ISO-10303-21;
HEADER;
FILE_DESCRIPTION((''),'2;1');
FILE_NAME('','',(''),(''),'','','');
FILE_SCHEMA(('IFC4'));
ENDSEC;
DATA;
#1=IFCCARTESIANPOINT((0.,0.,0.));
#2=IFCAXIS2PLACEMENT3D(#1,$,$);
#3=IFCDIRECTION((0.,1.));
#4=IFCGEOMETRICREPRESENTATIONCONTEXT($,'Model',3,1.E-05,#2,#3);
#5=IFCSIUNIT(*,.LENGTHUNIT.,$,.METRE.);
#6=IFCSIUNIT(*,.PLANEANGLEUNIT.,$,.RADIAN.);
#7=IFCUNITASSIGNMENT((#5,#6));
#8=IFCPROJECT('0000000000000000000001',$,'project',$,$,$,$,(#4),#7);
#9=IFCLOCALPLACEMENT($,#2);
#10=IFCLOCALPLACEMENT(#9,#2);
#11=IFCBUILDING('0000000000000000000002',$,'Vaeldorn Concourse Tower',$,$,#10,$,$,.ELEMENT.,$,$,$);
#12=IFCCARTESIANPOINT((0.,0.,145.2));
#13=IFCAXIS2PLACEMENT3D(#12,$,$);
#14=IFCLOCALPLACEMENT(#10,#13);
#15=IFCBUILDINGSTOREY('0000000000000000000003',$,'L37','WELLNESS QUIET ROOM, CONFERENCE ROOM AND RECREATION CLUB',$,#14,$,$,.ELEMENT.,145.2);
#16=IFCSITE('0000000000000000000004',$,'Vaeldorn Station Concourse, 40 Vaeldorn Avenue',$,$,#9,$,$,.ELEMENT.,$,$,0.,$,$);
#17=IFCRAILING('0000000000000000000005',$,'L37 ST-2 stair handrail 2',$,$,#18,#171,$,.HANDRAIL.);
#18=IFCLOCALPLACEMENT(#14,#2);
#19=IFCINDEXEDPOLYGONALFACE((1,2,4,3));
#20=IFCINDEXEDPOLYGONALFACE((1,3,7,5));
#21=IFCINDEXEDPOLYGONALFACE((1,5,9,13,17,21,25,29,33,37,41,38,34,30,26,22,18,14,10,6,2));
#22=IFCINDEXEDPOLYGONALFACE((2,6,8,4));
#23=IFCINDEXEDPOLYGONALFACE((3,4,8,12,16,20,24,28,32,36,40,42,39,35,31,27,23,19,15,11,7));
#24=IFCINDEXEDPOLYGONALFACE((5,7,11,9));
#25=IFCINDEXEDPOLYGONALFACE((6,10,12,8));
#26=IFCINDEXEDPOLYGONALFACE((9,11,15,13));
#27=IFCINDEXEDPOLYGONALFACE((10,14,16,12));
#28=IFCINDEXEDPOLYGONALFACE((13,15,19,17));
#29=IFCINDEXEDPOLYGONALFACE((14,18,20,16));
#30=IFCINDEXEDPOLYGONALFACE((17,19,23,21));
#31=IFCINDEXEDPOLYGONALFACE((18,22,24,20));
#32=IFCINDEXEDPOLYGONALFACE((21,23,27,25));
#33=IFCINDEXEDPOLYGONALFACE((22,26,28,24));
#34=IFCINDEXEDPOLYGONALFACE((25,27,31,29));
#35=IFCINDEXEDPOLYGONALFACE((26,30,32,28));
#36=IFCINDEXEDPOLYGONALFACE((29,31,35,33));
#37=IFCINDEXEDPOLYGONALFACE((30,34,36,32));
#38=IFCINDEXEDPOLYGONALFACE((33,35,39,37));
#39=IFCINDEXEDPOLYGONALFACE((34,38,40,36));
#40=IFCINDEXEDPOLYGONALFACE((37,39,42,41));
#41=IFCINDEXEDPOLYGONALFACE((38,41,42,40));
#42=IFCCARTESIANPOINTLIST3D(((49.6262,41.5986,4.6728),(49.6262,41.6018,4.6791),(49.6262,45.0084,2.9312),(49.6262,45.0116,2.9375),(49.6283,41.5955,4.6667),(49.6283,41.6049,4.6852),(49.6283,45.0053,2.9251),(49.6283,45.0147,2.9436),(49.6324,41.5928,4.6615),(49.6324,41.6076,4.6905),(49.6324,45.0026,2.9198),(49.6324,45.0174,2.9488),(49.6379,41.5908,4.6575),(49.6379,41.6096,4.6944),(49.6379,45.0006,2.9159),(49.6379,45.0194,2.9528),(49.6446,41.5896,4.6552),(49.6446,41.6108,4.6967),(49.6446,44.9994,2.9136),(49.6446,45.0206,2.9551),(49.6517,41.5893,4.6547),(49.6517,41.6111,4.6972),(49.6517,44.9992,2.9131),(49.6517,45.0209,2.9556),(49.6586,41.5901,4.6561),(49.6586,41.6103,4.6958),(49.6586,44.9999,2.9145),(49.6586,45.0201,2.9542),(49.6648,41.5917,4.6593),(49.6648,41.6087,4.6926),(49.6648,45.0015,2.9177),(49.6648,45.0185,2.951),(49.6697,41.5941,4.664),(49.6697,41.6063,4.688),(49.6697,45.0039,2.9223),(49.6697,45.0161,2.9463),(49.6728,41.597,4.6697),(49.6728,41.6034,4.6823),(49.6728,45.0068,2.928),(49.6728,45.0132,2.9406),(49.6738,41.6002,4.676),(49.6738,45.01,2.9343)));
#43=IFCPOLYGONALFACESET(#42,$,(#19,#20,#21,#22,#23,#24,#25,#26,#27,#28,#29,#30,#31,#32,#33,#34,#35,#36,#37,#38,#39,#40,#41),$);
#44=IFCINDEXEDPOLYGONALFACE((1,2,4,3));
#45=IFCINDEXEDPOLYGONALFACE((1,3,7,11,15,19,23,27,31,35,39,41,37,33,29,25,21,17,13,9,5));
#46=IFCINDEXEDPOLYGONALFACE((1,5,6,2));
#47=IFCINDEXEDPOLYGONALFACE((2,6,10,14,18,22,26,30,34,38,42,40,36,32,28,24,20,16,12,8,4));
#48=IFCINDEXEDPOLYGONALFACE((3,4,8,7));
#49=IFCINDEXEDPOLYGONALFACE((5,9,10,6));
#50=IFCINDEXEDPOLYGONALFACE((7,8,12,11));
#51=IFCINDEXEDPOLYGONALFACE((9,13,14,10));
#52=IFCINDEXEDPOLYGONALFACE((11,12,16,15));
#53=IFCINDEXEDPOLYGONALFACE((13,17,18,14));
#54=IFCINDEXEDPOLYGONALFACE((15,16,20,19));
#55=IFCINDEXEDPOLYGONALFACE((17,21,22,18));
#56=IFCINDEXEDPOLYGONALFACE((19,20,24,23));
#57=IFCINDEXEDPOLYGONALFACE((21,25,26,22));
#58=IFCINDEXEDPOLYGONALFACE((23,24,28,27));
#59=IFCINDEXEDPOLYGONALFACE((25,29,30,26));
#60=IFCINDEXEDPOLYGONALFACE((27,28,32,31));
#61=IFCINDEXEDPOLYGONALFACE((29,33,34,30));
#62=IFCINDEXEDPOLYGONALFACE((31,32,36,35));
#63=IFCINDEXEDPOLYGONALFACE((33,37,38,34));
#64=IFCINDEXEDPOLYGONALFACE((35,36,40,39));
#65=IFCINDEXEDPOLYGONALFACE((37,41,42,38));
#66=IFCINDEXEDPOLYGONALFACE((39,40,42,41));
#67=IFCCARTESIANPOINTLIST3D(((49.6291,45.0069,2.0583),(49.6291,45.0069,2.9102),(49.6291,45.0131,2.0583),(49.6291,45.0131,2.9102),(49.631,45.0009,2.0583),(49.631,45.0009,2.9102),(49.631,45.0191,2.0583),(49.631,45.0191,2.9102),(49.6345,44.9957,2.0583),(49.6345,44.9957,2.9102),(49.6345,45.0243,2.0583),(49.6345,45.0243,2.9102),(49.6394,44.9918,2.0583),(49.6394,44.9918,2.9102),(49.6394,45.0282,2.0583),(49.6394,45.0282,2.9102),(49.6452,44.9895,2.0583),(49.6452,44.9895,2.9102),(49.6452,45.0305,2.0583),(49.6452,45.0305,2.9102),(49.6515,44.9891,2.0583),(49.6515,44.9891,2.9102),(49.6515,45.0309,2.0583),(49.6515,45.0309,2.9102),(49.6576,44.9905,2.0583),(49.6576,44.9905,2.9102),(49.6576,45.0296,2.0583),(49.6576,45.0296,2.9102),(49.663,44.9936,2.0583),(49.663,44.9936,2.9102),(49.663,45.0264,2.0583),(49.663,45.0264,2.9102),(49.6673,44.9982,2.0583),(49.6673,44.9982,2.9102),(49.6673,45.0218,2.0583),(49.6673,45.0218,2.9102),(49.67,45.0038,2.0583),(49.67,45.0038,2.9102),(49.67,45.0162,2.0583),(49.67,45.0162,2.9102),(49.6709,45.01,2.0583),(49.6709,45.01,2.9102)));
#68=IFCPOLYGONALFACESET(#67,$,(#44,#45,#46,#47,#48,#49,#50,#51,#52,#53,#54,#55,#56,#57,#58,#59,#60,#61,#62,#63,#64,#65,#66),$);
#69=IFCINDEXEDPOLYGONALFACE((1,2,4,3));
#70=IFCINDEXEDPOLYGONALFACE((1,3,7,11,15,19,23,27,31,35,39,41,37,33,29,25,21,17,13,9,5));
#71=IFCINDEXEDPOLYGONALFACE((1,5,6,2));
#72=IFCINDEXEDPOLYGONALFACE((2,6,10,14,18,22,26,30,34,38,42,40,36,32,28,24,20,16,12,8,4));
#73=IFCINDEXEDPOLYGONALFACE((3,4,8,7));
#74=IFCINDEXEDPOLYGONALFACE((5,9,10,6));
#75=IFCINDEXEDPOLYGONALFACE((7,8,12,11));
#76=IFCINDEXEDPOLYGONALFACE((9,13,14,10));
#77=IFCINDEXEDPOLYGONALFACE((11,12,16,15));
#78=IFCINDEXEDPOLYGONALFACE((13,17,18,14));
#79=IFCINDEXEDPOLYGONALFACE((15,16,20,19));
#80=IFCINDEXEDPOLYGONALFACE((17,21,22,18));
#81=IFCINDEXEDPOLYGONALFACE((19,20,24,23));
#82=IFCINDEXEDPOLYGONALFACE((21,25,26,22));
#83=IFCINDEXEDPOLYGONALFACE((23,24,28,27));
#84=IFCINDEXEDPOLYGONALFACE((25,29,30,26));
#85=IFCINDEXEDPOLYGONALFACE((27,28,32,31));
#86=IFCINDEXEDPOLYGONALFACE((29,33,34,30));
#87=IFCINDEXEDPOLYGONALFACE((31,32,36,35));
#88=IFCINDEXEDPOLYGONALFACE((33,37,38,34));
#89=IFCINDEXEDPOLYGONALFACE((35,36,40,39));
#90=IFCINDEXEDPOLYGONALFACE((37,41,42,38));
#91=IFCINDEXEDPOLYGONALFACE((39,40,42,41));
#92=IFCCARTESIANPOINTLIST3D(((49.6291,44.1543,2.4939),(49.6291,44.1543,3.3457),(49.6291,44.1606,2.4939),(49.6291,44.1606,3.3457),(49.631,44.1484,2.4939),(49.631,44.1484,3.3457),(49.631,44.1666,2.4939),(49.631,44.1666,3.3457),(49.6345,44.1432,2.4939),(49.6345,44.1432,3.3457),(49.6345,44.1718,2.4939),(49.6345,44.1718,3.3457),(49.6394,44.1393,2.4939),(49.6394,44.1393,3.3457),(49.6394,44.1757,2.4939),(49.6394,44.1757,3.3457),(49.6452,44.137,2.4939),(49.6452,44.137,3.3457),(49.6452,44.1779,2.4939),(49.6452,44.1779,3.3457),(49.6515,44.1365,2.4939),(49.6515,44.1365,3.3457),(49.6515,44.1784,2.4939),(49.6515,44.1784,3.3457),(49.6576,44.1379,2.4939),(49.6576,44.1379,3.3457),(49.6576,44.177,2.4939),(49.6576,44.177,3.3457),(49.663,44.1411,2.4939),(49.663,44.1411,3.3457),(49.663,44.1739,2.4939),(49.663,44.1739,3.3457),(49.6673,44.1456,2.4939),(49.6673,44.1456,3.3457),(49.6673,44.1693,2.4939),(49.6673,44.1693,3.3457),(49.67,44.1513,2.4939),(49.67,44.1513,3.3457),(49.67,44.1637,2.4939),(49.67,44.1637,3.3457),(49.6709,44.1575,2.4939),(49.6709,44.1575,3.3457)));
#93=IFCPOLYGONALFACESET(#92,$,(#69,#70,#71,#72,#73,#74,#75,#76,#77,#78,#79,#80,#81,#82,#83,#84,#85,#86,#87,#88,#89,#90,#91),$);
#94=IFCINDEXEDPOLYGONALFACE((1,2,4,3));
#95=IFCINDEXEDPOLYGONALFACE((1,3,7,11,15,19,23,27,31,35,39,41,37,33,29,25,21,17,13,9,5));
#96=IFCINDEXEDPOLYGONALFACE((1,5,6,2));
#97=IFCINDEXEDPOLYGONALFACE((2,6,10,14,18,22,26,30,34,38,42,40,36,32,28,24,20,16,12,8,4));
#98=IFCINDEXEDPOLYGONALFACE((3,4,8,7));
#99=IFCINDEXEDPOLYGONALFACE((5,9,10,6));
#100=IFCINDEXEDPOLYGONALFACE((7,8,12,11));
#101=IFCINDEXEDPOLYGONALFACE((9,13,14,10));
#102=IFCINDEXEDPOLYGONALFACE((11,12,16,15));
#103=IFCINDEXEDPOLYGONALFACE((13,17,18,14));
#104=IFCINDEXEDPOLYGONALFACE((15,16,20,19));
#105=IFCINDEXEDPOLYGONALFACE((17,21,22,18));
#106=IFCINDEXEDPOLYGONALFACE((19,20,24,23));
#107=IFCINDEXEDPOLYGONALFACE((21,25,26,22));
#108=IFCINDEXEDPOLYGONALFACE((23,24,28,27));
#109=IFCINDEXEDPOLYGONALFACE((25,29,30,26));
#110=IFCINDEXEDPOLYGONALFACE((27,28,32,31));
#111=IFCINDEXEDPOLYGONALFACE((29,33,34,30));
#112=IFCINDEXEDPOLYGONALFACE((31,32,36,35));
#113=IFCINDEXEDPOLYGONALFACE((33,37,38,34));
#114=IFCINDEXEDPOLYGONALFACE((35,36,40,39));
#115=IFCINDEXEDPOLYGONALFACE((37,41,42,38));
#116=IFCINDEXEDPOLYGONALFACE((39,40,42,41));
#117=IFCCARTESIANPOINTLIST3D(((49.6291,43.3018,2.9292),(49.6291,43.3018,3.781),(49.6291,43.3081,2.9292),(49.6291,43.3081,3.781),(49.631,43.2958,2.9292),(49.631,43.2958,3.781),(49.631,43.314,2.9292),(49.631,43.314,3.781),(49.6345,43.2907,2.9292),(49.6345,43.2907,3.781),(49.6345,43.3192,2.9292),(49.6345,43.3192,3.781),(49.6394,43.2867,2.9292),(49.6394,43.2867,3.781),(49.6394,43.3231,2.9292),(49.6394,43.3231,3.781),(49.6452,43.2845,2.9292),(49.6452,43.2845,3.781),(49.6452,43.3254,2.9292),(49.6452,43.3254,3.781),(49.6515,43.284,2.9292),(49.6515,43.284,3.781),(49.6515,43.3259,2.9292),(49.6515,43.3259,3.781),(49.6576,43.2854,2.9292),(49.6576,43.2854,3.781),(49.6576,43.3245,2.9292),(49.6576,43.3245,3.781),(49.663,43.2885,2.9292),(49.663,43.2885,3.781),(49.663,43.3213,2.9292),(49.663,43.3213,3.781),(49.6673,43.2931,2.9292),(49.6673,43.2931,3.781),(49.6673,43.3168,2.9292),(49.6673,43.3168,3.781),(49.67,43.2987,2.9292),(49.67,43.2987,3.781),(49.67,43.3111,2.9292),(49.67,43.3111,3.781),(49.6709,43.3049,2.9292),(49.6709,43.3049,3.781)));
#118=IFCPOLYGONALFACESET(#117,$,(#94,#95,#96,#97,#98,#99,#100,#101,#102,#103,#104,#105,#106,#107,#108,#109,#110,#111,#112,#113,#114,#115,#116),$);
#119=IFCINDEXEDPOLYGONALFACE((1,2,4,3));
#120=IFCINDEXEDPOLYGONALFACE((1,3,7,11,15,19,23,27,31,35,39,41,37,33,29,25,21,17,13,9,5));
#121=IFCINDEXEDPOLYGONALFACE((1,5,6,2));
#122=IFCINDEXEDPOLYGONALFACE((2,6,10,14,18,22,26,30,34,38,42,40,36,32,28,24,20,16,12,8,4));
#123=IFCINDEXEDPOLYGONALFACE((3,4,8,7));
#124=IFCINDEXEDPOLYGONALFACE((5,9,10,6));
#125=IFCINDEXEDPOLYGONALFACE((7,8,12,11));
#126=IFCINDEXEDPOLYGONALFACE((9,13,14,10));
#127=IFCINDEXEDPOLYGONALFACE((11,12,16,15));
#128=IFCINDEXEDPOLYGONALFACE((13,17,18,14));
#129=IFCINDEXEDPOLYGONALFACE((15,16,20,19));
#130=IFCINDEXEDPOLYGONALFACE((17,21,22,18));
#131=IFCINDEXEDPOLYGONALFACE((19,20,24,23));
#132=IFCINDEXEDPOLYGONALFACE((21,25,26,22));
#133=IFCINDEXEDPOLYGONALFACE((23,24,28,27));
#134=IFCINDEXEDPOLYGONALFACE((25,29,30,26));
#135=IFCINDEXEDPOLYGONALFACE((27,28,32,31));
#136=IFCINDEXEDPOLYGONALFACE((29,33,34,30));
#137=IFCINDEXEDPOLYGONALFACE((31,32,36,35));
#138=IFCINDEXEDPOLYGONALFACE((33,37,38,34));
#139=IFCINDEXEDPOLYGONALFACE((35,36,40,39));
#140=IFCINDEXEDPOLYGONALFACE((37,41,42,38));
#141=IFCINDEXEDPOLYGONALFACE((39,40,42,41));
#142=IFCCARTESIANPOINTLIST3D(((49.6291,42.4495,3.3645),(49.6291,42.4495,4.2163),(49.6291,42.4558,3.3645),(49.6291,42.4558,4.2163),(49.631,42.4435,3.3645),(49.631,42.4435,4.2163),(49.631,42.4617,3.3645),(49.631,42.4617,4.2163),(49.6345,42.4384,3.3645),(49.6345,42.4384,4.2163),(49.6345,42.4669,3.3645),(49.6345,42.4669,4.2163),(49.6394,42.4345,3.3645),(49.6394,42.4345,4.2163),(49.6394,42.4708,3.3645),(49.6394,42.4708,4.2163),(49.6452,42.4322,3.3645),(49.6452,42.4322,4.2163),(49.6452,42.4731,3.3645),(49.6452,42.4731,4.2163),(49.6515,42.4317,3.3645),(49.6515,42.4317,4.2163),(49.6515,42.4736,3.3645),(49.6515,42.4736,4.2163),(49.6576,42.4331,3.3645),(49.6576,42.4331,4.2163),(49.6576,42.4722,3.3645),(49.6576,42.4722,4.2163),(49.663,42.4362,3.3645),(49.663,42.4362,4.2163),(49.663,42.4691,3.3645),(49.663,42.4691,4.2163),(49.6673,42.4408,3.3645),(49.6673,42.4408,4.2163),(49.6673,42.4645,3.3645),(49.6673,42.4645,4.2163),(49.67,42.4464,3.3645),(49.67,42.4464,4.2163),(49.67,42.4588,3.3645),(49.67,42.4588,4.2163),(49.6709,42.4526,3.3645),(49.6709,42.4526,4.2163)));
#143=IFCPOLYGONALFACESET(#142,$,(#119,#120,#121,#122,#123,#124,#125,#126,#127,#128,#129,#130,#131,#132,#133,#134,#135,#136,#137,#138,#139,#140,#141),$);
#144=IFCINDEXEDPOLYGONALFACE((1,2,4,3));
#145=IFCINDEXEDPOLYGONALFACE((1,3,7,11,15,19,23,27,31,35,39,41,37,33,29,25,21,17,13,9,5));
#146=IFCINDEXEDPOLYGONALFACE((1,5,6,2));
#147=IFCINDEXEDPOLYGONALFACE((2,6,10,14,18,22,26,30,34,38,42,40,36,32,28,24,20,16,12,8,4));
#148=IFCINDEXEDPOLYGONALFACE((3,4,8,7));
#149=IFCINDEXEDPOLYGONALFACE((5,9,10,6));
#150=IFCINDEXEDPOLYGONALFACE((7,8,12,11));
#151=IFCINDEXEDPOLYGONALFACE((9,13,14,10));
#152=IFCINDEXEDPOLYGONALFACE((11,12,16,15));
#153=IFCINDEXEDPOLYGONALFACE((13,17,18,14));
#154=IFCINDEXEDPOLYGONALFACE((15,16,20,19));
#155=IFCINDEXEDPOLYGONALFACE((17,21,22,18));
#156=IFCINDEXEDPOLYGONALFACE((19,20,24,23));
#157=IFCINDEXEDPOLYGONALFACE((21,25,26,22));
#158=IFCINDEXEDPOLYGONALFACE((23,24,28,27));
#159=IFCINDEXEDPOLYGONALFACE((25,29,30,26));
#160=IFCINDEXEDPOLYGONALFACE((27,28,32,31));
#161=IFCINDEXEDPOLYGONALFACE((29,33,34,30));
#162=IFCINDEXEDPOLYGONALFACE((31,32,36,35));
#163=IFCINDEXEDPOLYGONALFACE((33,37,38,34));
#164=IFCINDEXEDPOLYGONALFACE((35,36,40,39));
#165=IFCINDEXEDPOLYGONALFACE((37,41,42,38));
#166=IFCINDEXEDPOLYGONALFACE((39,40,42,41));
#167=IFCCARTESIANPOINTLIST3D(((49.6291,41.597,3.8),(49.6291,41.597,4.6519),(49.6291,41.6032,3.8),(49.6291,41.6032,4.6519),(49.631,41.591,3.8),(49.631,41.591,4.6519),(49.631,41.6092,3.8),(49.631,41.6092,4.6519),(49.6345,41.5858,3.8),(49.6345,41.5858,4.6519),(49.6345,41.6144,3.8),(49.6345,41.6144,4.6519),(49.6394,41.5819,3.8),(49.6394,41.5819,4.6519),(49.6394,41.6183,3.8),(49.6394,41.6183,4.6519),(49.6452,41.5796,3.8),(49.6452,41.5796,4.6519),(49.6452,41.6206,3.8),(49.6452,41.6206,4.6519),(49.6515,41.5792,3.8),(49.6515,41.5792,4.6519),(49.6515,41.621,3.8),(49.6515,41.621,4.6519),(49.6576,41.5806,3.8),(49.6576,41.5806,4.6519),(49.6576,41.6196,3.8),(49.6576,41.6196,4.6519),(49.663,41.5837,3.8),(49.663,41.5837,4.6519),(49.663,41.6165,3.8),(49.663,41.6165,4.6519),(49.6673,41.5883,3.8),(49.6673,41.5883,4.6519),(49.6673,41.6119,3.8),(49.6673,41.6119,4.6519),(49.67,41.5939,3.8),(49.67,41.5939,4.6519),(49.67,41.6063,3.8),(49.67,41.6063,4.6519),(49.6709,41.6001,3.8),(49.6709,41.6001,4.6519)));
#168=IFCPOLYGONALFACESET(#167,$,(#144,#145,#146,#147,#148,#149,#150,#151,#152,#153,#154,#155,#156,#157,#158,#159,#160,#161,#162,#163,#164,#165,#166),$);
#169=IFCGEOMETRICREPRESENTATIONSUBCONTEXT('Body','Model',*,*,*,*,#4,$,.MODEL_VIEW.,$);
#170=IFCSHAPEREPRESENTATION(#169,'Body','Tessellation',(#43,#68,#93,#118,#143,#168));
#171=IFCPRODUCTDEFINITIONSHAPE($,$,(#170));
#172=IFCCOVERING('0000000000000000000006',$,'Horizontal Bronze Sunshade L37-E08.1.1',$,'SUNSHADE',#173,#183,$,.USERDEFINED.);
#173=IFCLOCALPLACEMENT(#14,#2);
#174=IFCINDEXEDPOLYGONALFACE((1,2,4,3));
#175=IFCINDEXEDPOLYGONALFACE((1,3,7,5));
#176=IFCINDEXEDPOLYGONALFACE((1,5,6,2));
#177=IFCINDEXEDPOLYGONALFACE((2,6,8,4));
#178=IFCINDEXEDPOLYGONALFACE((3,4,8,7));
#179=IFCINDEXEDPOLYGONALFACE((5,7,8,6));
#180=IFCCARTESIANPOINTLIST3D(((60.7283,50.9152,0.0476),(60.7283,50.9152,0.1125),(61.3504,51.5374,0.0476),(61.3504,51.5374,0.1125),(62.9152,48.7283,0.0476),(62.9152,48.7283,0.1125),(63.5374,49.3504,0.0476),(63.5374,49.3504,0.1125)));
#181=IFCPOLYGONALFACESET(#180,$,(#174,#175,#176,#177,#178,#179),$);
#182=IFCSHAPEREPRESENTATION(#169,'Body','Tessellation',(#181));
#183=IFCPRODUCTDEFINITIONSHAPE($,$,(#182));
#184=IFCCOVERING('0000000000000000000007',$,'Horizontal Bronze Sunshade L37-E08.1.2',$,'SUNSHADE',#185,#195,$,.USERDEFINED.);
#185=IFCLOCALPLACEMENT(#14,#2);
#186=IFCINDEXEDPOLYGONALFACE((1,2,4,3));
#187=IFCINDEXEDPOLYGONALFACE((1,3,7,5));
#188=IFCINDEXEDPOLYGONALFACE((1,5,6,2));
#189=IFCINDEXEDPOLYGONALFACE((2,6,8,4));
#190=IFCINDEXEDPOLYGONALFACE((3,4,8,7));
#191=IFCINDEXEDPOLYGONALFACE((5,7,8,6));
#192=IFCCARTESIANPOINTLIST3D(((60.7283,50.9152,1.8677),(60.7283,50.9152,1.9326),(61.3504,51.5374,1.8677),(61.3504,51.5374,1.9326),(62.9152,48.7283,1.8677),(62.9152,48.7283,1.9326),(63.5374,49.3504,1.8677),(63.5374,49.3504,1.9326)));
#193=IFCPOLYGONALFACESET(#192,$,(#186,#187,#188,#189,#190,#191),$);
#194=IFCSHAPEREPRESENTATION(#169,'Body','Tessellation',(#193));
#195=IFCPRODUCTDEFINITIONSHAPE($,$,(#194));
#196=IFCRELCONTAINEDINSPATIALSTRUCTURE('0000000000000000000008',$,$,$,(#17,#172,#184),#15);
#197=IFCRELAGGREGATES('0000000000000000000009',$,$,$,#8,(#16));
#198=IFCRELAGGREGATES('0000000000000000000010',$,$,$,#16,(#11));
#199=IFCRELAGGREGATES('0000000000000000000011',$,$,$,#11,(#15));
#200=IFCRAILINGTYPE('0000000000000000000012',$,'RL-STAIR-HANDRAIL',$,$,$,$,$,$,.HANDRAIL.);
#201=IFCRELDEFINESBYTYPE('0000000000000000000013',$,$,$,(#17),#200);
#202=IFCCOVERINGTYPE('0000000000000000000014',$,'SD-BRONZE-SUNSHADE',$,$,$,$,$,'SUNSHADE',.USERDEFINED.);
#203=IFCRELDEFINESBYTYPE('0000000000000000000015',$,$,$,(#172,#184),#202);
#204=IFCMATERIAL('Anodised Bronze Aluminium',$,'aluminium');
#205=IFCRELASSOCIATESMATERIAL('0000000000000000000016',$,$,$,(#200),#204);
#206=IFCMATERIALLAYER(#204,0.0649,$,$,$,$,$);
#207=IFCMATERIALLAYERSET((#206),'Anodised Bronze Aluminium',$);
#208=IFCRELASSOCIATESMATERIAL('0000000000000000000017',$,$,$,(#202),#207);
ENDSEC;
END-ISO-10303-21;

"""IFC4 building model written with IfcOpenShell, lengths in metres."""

from ifc_helpers import new_model, si_unit, direction, frame, origin, origin_2d, place, context, subcontext, project, spatial, rectangle, circle, extrude, source, transform, mapped, material, layer, layer_set, type_object, element, save


model = new_model("IFC4")

# Units and contexts
model_context = context("Model", 3, precision=1e-05, world=origin(), true_north=direction((0.0, 1.0)))
body_context = subcontext(model_context, "Body", "Model", "MODEL_VIEW")
ifc_project = project(units=[si_unit("LENGTHUNIT", "METRE"), si_unit("PLANEANGLEUNIT", "RADIAN")], contexts=[model_context])

# Site, building, storey
site_placement = place(None, origin())
site = spatial("IfcSite", under=ifc_project, at=site_placement, Name="Vaeldorn Station Concourse, 40 Vaeldorn Avenue", CompositionType="ELEMENT", RefElevation=0.0)
building_placement = place(site_placement, origin())
building = spatial("IfcBuilding", under=site, at=building_placement, Name="Vaeldorn Concourse Tower", CompositionType="ELEMENT")
storey_placement = place(building_placement, frame((0.0, 0.0, 145.2)))
storey = spatial("IfcBuildingStorey", under=building, at=storey_placement, Name="L37", Description="WELLNESS QUIET ROOM, CONFERENCE ROOM AND RECREATION CLUB", CompositionType="ELEMENT", Elevation=145.2)

# Shared definitions
ifc_material_1 = material(Name="Anodised Bronze Aluminium", Category="aluminium")

# Railing
railing_type_1 = type_object("IfcRailingType", Name="RL-STAIR-HANDRAIL", PredefinedType="HANDRAIL", material=ifc_material_1)
railing_1_placement = place(storey_placement, frame((49.6499, 45.01, 2.0583)))
element("IfcRailing", 1, at=railing_1_placement, inside=storey, type_object=railing_type_1, Name="L37 ST-2 stair handrail 2", PredefinedType="HANDRAIL", context=body_context, shape_type="SweptSolid", body=[
    extrude(circle(Radius=0.0239, at=origin_2d()), frame((0.0, 0.0, 0.876), z_axis=(0.0, -0.890556, 0.454874), x_axis=(1.0, 0.0, 0.0)), (0.0, 0.0, 1.0), 3.8289),
    extrude(circle(Radius=0.021, at=origin_2d()), origin(), (0.0, 0.0, 1.0), 0.8518),
    extrude(circle(Radius=0.021, at=origin_2d()), frame((0.0, -0.8525, 0.4355)), (0.0, 0.0, 1.0), 0.8518),
    extrude(circle(Radius=0.021, at=origin_2d()), frame((0.0, -1.7051, 0.8708)), (0.0, 0.0, 1.0), 0.8518),
    extrude(circle(Radius=0.021, at=origin_2d()), frame((0.0, -2.5574, 1.3062)), (0.0, 0.0, 1.0), 0.8518),
    extrude(circle(Radius=0.021, at=origin_2d()), frame((0.0, -3.4099, 1.7417)), (0.0, 0.0, 1.0), 0.8518),
])

# Coverings
ifc_layer_1 = layer(ifc_material_1, 0.0649)
ifc_layer_set_1 = layer_set([ifc_layer_1], Name="Anodised Bronze Aluminium")
covering_type = type_object("IfcCoveringType", Name="SD-BRONZE-SUNSHADE", ElementType="SUNSHADE", PredefinedType="USERDEFINED", material=ifc_layer_set_1)
shared_shape_1 = source(origin(), body_context, "Body", "SweptSolid", [
    extrude(rectangle(XDim=3.0928, YDim=0.8799, at=origin_2d()), origin(), (0.0, 0.0, 1.0), 0.0649),
])
for number, where, z_axis, x_axis, name in (
    (2, (62.1328, 50.1328, 0.0476), (0.0, 0.0, 1.0), (-0.707107, 0.707107, 0.0), "Horizontal Bronze Sunshade L37-E08.1.1"),
    (3, (62.1328, 50.1328, 1.8677), (0.0, 0.0, 1.0), (-0.707107, 0.707107, 0.0), "Horizontal Bronze Sunshade L37-E08.1.2"),
):
    element("IfcCovering", number, at=place(storey_placement, frame(where, z_axis=z_axis, x_axis=x_axis)), inside=storey, type_object=covering_type, Name=name, ObjectType="SUNSHADE", PredefinedType="USERDEFINED", context=body_context, shape_type="MappedRepresentation", body=[
        mapped(shared_shape_1, transform((0.0, 0.0, 0.0), scale=1.0)),
    ])

save(model, "model.ifc")
